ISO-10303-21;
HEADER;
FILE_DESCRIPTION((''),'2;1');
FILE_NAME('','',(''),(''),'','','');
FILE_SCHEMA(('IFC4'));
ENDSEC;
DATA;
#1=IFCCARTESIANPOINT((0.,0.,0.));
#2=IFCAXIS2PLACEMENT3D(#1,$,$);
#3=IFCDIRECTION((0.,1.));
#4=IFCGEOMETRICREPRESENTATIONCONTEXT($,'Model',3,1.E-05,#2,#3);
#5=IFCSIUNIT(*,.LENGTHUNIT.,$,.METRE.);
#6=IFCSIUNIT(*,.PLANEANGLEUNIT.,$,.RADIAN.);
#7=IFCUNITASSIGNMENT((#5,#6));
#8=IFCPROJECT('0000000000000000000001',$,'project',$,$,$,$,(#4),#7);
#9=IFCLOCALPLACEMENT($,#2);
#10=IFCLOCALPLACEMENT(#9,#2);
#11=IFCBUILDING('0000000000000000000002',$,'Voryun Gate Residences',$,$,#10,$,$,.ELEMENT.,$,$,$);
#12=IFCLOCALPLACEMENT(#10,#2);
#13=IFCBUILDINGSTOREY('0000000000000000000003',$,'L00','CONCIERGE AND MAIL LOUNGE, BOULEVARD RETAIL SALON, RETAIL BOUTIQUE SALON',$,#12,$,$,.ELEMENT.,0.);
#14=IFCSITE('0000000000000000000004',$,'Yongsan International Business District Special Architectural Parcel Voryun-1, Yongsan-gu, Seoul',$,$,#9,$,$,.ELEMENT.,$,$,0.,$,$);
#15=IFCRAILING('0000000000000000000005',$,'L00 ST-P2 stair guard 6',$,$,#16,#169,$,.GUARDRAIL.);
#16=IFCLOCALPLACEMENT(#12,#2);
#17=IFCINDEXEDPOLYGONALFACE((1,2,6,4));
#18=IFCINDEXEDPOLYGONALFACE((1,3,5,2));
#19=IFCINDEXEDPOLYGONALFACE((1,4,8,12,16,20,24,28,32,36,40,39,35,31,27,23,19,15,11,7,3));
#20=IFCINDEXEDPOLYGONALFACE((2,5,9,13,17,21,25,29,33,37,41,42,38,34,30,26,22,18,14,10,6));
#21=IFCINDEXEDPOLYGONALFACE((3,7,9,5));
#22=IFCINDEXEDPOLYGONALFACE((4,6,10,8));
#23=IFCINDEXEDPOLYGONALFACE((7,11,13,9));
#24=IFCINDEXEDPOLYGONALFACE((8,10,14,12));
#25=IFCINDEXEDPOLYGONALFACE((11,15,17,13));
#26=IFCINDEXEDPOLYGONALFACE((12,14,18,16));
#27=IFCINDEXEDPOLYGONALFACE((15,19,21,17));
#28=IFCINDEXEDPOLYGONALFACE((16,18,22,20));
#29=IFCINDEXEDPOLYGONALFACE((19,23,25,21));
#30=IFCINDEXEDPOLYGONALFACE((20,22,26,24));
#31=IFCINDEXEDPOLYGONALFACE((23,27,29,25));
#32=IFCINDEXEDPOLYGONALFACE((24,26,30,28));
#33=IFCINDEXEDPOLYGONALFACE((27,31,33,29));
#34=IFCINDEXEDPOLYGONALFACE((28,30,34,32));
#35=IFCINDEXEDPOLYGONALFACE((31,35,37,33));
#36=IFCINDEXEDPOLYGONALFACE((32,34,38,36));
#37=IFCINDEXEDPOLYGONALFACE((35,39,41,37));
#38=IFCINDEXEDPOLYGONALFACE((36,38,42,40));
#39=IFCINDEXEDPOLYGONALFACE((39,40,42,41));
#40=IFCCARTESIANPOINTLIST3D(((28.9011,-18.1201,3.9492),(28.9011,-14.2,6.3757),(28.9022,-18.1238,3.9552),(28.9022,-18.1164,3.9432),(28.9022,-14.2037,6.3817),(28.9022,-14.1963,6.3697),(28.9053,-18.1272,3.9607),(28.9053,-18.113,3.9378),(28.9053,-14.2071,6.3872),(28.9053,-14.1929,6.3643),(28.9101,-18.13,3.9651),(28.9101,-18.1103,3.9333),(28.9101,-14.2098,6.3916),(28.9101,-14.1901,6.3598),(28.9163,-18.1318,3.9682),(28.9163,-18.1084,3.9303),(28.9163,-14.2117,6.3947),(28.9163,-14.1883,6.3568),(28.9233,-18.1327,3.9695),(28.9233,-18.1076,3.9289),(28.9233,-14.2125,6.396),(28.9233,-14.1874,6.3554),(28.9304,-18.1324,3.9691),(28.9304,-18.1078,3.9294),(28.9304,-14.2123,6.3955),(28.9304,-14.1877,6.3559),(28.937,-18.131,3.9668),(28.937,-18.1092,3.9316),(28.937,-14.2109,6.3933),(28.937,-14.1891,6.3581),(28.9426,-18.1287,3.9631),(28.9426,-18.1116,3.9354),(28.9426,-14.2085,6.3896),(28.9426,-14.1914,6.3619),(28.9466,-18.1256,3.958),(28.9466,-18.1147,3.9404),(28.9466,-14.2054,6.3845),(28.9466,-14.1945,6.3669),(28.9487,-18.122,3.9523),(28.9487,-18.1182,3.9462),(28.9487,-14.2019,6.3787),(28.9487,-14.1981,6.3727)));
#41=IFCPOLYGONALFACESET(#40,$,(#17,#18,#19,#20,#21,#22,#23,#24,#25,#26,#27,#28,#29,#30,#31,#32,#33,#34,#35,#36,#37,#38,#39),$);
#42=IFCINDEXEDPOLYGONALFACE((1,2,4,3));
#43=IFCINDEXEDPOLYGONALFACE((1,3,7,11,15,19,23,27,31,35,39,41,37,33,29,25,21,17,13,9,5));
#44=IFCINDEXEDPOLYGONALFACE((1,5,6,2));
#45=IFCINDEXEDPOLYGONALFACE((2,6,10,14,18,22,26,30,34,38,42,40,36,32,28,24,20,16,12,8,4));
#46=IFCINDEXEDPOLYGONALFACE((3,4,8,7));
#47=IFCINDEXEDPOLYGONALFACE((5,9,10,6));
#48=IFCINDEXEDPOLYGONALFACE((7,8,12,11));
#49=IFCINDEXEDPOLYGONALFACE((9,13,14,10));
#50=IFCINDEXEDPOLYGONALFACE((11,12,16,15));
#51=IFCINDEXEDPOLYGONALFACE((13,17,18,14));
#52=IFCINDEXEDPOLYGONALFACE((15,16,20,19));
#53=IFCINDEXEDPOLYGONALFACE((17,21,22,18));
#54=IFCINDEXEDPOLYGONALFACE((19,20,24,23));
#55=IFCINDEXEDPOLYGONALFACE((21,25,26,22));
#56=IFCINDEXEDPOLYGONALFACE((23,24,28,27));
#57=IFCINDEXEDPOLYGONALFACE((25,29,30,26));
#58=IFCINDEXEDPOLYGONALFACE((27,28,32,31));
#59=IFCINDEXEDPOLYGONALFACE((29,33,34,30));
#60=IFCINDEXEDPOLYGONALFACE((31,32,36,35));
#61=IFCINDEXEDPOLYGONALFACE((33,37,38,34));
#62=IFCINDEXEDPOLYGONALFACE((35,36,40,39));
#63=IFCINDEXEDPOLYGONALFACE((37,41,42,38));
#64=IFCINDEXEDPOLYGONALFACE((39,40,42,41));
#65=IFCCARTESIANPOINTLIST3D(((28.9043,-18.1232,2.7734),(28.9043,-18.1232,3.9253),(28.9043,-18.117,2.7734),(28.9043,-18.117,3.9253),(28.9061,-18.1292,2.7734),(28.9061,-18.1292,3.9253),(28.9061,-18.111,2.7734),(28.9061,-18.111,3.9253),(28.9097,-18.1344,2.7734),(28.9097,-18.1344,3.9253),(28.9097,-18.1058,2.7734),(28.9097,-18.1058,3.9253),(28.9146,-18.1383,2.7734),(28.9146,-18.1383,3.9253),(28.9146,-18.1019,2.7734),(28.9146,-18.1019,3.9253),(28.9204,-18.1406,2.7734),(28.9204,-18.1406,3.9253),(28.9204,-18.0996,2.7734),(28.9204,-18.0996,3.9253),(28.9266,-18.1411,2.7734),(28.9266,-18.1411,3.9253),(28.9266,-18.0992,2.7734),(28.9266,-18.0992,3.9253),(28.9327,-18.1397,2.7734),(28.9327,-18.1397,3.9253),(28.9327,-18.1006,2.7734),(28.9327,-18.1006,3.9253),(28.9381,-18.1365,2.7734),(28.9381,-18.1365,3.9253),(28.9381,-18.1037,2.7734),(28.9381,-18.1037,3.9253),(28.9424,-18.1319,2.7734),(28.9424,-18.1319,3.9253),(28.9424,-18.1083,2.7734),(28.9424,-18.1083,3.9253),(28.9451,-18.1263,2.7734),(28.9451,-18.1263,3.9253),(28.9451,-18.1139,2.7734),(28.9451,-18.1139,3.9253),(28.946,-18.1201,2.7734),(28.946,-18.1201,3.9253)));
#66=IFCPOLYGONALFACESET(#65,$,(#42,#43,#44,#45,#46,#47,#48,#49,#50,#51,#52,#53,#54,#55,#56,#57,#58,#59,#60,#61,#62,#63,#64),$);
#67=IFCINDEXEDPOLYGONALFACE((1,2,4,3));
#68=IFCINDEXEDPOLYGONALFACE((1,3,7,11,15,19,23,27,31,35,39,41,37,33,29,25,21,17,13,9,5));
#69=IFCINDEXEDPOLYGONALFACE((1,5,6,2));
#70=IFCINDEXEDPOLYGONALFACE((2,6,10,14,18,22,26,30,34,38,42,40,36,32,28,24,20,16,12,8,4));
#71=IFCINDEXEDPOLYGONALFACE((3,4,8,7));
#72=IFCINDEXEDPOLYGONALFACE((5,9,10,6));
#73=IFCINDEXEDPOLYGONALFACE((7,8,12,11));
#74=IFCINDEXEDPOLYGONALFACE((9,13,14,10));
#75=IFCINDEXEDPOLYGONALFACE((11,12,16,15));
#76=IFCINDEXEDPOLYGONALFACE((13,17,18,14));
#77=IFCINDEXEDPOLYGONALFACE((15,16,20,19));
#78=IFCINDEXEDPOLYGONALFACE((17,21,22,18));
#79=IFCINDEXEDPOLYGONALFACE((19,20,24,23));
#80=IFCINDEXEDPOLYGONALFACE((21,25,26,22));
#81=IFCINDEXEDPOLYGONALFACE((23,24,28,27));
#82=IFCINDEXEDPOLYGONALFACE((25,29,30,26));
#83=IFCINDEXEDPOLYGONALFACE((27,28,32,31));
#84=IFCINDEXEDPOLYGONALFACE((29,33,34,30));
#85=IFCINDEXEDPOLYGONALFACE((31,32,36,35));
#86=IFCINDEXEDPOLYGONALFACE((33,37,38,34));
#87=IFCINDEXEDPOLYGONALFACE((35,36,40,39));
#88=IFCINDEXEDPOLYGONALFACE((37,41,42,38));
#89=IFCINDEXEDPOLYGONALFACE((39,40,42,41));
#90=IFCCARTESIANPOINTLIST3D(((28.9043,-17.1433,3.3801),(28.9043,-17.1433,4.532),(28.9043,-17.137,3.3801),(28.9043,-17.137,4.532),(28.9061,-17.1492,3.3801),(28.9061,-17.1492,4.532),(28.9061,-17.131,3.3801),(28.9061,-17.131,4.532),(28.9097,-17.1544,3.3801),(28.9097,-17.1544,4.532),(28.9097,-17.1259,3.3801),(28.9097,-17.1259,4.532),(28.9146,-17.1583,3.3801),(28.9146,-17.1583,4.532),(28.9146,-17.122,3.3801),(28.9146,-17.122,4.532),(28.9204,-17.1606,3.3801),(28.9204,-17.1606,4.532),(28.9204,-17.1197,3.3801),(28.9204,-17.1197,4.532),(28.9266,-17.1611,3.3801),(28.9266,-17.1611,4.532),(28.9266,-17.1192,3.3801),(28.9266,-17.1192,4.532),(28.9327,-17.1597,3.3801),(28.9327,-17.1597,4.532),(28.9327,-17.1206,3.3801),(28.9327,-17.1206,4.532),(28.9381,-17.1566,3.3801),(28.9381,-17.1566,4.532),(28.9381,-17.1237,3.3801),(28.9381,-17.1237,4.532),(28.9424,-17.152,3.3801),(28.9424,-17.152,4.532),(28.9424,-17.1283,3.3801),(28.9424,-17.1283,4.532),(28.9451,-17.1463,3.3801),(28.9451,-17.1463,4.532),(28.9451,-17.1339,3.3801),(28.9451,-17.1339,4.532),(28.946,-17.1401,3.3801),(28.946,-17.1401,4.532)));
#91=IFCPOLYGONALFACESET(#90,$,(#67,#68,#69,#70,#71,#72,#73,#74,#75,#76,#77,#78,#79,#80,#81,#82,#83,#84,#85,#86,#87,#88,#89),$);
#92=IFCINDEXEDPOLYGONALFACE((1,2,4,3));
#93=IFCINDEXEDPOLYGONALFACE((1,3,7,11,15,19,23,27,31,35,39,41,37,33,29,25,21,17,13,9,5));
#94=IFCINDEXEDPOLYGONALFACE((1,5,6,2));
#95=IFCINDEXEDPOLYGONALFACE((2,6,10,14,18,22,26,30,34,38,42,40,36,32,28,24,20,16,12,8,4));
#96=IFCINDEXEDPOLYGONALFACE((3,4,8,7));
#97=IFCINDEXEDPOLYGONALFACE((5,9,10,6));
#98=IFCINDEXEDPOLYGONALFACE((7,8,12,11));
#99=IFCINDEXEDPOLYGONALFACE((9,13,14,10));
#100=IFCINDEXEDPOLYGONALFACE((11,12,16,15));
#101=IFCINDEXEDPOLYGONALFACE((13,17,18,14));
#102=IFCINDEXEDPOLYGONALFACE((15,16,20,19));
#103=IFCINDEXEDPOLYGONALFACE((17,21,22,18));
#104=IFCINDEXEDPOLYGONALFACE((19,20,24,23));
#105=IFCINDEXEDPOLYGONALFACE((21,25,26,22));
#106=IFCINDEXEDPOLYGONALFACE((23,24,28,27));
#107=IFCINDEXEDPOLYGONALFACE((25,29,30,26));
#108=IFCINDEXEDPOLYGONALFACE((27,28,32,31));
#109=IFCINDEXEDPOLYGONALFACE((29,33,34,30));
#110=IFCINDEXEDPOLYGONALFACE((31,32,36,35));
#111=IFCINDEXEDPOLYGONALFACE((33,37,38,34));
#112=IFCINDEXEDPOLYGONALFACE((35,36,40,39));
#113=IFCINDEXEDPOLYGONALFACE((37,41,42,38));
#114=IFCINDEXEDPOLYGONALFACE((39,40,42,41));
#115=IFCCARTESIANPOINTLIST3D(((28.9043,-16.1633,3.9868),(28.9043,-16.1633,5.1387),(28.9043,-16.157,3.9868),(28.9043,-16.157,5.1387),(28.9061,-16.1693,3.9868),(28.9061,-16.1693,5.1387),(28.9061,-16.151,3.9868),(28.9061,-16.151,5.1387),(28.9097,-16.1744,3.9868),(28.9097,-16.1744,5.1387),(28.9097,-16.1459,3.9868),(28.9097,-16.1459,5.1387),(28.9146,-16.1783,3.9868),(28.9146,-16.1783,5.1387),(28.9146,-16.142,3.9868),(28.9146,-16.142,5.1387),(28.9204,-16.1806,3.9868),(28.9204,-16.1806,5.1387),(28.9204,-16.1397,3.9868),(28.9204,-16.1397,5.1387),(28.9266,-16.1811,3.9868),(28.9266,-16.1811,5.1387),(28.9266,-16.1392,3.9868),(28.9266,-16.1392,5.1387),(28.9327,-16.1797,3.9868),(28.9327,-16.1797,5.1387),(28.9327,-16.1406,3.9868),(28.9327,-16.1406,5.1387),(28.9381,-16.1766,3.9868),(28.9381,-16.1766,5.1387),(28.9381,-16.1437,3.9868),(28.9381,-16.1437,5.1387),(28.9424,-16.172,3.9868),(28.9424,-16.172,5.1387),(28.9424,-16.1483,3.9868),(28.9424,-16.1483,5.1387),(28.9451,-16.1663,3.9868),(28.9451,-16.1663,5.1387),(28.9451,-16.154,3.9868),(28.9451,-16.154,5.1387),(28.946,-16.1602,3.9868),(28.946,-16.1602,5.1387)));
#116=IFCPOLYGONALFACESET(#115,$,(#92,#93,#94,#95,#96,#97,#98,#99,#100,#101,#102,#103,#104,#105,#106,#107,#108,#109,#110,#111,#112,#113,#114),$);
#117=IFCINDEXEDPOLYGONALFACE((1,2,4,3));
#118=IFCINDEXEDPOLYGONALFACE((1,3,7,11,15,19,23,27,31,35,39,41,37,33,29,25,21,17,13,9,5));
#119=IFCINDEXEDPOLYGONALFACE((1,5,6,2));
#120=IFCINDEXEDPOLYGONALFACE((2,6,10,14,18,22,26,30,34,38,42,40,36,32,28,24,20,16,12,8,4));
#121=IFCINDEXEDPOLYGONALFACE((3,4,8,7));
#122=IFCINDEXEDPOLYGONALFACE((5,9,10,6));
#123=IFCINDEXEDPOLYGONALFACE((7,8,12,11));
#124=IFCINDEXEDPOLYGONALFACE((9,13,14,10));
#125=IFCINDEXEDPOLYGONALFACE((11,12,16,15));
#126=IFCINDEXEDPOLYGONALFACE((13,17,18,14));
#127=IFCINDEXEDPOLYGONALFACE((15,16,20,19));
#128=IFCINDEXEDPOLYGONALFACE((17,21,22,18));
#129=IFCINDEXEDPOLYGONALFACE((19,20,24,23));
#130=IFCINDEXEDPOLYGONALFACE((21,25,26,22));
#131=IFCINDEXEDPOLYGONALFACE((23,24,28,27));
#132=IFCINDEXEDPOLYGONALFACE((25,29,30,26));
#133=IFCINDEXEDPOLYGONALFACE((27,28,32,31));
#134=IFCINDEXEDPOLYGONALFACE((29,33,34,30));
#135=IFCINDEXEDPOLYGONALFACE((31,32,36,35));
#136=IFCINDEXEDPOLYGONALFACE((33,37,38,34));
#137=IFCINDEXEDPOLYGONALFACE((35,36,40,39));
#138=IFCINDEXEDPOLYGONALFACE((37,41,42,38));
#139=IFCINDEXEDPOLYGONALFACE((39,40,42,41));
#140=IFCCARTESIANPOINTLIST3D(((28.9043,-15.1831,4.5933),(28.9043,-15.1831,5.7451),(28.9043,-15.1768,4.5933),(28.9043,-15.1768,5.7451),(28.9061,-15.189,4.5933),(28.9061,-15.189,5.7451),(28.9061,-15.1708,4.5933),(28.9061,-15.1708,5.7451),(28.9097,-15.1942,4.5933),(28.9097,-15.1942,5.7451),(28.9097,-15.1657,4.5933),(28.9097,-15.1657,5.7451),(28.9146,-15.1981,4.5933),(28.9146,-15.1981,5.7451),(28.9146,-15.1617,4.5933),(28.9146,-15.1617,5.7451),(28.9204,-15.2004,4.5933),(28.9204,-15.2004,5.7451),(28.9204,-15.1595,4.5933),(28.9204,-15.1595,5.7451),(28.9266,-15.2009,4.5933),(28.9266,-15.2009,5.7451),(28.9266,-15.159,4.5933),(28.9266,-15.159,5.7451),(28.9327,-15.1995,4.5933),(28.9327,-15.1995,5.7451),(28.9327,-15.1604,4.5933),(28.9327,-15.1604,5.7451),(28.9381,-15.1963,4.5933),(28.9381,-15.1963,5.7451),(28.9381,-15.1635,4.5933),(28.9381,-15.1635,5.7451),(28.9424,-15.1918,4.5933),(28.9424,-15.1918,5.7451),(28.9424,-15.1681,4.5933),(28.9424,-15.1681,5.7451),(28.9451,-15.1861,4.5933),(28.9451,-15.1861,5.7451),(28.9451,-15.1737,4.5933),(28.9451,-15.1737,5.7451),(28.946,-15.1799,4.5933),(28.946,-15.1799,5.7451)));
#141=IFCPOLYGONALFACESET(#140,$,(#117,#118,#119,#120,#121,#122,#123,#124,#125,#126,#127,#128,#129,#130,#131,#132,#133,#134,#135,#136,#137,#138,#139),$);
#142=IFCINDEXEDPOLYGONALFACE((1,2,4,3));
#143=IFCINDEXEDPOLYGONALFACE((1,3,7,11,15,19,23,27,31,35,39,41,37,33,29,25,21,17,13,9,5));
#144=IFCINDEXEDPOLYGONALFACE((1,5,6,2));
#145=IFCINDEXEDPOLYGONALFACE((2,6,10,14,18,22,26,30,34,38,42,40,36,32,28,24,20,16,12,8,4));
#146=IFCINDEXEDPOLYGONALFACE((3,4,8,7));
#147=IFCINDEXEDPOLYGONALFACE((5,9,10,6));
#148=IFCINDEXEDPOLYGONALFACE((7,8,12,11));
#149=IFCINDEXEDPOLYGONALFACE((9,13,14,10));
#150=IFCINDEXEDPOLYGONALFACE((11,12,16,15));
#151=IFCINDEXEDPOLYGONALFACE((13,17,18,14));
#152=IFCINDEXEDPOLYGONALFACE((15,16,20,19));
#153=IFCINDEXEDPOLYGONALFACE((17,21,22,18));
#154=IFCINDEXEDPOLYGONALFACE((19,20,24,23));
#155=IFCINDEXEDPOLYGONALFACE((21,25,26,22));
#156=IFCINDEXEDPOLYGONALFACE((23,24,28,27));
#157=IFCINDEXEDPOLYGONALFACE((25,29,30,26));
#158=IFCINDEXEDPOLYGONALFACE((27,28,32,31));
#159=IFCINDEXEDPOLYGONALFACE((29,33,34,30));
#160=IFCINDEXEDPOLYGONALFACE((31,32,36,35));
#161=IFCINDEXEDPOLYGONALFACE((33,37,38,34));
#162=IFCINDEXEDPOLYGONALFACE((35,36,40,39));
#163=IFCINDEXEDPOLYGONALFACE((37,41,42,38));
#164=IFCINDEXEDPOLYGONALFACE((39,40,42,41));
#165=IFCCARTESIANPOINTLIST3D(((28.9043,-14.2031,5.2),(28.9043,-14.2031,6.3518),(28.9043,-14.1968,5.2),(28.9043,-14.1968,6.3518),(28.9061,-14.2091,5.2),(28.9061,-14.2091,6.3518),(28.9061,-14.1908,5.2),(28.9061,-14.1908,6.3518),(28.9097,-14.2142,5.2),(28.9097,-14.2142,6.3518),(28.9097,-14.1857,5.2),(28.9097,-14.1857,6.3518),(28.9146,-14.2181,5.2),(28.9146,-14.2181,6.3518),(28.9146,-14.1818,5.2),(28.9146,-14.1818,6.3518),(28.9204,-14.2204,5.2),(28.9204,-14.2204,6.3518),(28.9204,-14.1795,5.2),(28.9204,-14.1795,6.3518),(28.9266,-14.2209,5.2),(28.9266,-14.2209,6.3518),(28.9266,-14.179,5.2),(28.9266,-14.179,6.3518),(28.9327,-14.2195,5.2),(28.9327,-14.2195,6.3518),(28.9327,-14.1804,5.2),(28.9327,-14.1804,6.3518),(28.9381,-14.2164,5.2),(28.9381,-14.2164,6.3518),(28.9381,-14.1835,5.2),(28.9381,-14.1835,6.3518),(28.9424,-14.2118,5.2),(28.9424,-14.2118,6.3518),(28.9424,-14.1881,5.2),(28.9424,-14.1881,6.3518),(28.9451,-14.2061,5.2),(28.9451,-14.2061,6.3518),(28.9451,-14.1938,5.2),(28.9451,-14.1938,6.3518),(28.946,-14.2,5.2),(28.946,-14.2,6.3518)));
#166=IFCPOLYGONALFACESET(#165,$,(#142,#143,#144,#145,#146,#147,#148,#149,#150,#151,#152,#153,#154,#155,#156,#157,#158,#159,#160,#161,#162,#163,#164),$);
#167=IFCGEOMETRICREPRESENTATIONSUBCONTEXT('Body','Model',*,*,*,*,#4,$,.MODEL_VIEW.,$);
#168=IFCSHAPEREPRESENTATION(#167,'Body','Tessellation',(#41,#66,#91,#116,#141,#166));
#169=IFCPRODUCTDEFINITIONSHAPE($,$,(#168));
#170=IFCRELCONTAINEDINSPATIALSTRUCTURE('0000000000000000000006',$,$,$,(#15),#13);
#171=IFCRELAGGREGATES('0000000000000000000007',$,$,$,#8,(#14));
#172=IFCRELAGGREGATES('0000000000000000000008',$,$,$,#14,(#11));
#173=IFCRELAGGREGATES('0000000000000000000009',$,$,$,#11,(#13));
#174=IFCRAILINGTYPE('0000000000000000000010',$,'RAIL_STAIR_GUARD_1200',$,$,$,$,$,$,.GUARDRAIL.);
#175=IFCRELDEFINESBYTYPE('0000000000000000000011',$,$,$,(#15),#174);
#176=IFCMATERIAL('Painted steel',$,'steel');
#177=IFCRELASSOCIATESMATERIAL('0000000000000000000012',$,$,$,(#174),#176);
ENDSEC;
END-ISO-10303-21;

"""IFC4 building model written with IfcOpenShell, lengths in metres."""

from ifc_helpers import new_model, si_unit, direction, frame, origin, origin_2d, place, context, subcontext, project, spatial, circle, extrude, material, type_object, element, save


model = new_model("IFC4")

# Units and contexts
model_context = context("Model", 3, precision=1e-05, world=origin(), true_north=direction((0.0, 1.0)))
body_context = subcontext(model_context, "Body", "Model", "MODEL_VIEW")
ifc_project = project(units=[si_unit("LENGTHUNIT", "METRE"), si_unit("PLANEANGLEUNIT", "RADIAN")], contexts=[model_context])

# Site, building, storey
site_placement = place(None, origin())
site = spatial("IfcSite", under=ifc_project, at=site_placement, Name="Yongsan International Business District Special Architectural Parcel Voryun-1, Yongsan-gu, Seoul", CompositionType="ELEMENT", RefElevation=0.0)
building_placement = place(site_placement, origin())
building = spatial("IfcBuilding", under=site, at=building_placement, Name="Voryun Gate Residences", CompositionType="ELEMENT")
storey_placement = place(building_placement, origin())
storey = spatial("IfcBuildingStorey", under=building, at=storey_placement, Name="L00", Description="CONCIERGE AND MAIL LOUNGE, BOULEVARD RETAIL SALON, RETAIL BOUTIQUE SALON", CompositionType="ELEMENT", Elevation=0.0)

# Railing
ifc_material_1 = material(Name="Painted steel", Category="steel")
railing_type_1 = type_object("IfcRailingType", Name="RAIL_STAIR_GUARD_1200", PredefinedType="GUARDRAIL", material=ifc_material_1)
railing_1_placement = place(storey_placement, frame((28.925, -18.1201, 2.7734)))
element("IfcRailing", 1, at=railing_1_placement, inside=storey, type_object=railing_type_1, Name="L00 ST-P2 stair guard 6", PredefinedType="GUARDRAIL", context=body_context, shape_type="SweptSolid", body=[
    extrude(circle(Radius=0.0239, at=origin_2d()), frame((0.0, 0.0, 1.1758), z_axis=(0.0, 0.85029, 0.526315), x_axis=(-1.0, 0.0, 0.0)), (0.0, 0.0, 1.0), 4.6104),
    extrude(circle(Radius=0.021, at=origin_2d()), origin(), (0.0, 0.0, 1.0), 1.1519),
    extrude(circle(Radius=0.021, at=origin_2d()), frame((0.0, 0.98, 0.6067)), (0.0, 0.0, 1.0), 1.1519),
    extrude(circle(Radius=0.021, at=origin_2d()), frame((0.0, 1.96, 1.2134)), (0.0, 0.0, 1.0), 1.1519),
    extrude(circle(Radius=0.021, at=origin_2d()), frame((0.0, 2.9402, 1.8198)), (0.0, 0.0, 1.0), 1.1519),
    extrude(circle(Radius=0.021, at=origin_2d()), frame((0.0, 3.9202, 2.4265)), (0.0, 0.0, 1.0), 1.1519),
])

save(model, "model.ifc")
